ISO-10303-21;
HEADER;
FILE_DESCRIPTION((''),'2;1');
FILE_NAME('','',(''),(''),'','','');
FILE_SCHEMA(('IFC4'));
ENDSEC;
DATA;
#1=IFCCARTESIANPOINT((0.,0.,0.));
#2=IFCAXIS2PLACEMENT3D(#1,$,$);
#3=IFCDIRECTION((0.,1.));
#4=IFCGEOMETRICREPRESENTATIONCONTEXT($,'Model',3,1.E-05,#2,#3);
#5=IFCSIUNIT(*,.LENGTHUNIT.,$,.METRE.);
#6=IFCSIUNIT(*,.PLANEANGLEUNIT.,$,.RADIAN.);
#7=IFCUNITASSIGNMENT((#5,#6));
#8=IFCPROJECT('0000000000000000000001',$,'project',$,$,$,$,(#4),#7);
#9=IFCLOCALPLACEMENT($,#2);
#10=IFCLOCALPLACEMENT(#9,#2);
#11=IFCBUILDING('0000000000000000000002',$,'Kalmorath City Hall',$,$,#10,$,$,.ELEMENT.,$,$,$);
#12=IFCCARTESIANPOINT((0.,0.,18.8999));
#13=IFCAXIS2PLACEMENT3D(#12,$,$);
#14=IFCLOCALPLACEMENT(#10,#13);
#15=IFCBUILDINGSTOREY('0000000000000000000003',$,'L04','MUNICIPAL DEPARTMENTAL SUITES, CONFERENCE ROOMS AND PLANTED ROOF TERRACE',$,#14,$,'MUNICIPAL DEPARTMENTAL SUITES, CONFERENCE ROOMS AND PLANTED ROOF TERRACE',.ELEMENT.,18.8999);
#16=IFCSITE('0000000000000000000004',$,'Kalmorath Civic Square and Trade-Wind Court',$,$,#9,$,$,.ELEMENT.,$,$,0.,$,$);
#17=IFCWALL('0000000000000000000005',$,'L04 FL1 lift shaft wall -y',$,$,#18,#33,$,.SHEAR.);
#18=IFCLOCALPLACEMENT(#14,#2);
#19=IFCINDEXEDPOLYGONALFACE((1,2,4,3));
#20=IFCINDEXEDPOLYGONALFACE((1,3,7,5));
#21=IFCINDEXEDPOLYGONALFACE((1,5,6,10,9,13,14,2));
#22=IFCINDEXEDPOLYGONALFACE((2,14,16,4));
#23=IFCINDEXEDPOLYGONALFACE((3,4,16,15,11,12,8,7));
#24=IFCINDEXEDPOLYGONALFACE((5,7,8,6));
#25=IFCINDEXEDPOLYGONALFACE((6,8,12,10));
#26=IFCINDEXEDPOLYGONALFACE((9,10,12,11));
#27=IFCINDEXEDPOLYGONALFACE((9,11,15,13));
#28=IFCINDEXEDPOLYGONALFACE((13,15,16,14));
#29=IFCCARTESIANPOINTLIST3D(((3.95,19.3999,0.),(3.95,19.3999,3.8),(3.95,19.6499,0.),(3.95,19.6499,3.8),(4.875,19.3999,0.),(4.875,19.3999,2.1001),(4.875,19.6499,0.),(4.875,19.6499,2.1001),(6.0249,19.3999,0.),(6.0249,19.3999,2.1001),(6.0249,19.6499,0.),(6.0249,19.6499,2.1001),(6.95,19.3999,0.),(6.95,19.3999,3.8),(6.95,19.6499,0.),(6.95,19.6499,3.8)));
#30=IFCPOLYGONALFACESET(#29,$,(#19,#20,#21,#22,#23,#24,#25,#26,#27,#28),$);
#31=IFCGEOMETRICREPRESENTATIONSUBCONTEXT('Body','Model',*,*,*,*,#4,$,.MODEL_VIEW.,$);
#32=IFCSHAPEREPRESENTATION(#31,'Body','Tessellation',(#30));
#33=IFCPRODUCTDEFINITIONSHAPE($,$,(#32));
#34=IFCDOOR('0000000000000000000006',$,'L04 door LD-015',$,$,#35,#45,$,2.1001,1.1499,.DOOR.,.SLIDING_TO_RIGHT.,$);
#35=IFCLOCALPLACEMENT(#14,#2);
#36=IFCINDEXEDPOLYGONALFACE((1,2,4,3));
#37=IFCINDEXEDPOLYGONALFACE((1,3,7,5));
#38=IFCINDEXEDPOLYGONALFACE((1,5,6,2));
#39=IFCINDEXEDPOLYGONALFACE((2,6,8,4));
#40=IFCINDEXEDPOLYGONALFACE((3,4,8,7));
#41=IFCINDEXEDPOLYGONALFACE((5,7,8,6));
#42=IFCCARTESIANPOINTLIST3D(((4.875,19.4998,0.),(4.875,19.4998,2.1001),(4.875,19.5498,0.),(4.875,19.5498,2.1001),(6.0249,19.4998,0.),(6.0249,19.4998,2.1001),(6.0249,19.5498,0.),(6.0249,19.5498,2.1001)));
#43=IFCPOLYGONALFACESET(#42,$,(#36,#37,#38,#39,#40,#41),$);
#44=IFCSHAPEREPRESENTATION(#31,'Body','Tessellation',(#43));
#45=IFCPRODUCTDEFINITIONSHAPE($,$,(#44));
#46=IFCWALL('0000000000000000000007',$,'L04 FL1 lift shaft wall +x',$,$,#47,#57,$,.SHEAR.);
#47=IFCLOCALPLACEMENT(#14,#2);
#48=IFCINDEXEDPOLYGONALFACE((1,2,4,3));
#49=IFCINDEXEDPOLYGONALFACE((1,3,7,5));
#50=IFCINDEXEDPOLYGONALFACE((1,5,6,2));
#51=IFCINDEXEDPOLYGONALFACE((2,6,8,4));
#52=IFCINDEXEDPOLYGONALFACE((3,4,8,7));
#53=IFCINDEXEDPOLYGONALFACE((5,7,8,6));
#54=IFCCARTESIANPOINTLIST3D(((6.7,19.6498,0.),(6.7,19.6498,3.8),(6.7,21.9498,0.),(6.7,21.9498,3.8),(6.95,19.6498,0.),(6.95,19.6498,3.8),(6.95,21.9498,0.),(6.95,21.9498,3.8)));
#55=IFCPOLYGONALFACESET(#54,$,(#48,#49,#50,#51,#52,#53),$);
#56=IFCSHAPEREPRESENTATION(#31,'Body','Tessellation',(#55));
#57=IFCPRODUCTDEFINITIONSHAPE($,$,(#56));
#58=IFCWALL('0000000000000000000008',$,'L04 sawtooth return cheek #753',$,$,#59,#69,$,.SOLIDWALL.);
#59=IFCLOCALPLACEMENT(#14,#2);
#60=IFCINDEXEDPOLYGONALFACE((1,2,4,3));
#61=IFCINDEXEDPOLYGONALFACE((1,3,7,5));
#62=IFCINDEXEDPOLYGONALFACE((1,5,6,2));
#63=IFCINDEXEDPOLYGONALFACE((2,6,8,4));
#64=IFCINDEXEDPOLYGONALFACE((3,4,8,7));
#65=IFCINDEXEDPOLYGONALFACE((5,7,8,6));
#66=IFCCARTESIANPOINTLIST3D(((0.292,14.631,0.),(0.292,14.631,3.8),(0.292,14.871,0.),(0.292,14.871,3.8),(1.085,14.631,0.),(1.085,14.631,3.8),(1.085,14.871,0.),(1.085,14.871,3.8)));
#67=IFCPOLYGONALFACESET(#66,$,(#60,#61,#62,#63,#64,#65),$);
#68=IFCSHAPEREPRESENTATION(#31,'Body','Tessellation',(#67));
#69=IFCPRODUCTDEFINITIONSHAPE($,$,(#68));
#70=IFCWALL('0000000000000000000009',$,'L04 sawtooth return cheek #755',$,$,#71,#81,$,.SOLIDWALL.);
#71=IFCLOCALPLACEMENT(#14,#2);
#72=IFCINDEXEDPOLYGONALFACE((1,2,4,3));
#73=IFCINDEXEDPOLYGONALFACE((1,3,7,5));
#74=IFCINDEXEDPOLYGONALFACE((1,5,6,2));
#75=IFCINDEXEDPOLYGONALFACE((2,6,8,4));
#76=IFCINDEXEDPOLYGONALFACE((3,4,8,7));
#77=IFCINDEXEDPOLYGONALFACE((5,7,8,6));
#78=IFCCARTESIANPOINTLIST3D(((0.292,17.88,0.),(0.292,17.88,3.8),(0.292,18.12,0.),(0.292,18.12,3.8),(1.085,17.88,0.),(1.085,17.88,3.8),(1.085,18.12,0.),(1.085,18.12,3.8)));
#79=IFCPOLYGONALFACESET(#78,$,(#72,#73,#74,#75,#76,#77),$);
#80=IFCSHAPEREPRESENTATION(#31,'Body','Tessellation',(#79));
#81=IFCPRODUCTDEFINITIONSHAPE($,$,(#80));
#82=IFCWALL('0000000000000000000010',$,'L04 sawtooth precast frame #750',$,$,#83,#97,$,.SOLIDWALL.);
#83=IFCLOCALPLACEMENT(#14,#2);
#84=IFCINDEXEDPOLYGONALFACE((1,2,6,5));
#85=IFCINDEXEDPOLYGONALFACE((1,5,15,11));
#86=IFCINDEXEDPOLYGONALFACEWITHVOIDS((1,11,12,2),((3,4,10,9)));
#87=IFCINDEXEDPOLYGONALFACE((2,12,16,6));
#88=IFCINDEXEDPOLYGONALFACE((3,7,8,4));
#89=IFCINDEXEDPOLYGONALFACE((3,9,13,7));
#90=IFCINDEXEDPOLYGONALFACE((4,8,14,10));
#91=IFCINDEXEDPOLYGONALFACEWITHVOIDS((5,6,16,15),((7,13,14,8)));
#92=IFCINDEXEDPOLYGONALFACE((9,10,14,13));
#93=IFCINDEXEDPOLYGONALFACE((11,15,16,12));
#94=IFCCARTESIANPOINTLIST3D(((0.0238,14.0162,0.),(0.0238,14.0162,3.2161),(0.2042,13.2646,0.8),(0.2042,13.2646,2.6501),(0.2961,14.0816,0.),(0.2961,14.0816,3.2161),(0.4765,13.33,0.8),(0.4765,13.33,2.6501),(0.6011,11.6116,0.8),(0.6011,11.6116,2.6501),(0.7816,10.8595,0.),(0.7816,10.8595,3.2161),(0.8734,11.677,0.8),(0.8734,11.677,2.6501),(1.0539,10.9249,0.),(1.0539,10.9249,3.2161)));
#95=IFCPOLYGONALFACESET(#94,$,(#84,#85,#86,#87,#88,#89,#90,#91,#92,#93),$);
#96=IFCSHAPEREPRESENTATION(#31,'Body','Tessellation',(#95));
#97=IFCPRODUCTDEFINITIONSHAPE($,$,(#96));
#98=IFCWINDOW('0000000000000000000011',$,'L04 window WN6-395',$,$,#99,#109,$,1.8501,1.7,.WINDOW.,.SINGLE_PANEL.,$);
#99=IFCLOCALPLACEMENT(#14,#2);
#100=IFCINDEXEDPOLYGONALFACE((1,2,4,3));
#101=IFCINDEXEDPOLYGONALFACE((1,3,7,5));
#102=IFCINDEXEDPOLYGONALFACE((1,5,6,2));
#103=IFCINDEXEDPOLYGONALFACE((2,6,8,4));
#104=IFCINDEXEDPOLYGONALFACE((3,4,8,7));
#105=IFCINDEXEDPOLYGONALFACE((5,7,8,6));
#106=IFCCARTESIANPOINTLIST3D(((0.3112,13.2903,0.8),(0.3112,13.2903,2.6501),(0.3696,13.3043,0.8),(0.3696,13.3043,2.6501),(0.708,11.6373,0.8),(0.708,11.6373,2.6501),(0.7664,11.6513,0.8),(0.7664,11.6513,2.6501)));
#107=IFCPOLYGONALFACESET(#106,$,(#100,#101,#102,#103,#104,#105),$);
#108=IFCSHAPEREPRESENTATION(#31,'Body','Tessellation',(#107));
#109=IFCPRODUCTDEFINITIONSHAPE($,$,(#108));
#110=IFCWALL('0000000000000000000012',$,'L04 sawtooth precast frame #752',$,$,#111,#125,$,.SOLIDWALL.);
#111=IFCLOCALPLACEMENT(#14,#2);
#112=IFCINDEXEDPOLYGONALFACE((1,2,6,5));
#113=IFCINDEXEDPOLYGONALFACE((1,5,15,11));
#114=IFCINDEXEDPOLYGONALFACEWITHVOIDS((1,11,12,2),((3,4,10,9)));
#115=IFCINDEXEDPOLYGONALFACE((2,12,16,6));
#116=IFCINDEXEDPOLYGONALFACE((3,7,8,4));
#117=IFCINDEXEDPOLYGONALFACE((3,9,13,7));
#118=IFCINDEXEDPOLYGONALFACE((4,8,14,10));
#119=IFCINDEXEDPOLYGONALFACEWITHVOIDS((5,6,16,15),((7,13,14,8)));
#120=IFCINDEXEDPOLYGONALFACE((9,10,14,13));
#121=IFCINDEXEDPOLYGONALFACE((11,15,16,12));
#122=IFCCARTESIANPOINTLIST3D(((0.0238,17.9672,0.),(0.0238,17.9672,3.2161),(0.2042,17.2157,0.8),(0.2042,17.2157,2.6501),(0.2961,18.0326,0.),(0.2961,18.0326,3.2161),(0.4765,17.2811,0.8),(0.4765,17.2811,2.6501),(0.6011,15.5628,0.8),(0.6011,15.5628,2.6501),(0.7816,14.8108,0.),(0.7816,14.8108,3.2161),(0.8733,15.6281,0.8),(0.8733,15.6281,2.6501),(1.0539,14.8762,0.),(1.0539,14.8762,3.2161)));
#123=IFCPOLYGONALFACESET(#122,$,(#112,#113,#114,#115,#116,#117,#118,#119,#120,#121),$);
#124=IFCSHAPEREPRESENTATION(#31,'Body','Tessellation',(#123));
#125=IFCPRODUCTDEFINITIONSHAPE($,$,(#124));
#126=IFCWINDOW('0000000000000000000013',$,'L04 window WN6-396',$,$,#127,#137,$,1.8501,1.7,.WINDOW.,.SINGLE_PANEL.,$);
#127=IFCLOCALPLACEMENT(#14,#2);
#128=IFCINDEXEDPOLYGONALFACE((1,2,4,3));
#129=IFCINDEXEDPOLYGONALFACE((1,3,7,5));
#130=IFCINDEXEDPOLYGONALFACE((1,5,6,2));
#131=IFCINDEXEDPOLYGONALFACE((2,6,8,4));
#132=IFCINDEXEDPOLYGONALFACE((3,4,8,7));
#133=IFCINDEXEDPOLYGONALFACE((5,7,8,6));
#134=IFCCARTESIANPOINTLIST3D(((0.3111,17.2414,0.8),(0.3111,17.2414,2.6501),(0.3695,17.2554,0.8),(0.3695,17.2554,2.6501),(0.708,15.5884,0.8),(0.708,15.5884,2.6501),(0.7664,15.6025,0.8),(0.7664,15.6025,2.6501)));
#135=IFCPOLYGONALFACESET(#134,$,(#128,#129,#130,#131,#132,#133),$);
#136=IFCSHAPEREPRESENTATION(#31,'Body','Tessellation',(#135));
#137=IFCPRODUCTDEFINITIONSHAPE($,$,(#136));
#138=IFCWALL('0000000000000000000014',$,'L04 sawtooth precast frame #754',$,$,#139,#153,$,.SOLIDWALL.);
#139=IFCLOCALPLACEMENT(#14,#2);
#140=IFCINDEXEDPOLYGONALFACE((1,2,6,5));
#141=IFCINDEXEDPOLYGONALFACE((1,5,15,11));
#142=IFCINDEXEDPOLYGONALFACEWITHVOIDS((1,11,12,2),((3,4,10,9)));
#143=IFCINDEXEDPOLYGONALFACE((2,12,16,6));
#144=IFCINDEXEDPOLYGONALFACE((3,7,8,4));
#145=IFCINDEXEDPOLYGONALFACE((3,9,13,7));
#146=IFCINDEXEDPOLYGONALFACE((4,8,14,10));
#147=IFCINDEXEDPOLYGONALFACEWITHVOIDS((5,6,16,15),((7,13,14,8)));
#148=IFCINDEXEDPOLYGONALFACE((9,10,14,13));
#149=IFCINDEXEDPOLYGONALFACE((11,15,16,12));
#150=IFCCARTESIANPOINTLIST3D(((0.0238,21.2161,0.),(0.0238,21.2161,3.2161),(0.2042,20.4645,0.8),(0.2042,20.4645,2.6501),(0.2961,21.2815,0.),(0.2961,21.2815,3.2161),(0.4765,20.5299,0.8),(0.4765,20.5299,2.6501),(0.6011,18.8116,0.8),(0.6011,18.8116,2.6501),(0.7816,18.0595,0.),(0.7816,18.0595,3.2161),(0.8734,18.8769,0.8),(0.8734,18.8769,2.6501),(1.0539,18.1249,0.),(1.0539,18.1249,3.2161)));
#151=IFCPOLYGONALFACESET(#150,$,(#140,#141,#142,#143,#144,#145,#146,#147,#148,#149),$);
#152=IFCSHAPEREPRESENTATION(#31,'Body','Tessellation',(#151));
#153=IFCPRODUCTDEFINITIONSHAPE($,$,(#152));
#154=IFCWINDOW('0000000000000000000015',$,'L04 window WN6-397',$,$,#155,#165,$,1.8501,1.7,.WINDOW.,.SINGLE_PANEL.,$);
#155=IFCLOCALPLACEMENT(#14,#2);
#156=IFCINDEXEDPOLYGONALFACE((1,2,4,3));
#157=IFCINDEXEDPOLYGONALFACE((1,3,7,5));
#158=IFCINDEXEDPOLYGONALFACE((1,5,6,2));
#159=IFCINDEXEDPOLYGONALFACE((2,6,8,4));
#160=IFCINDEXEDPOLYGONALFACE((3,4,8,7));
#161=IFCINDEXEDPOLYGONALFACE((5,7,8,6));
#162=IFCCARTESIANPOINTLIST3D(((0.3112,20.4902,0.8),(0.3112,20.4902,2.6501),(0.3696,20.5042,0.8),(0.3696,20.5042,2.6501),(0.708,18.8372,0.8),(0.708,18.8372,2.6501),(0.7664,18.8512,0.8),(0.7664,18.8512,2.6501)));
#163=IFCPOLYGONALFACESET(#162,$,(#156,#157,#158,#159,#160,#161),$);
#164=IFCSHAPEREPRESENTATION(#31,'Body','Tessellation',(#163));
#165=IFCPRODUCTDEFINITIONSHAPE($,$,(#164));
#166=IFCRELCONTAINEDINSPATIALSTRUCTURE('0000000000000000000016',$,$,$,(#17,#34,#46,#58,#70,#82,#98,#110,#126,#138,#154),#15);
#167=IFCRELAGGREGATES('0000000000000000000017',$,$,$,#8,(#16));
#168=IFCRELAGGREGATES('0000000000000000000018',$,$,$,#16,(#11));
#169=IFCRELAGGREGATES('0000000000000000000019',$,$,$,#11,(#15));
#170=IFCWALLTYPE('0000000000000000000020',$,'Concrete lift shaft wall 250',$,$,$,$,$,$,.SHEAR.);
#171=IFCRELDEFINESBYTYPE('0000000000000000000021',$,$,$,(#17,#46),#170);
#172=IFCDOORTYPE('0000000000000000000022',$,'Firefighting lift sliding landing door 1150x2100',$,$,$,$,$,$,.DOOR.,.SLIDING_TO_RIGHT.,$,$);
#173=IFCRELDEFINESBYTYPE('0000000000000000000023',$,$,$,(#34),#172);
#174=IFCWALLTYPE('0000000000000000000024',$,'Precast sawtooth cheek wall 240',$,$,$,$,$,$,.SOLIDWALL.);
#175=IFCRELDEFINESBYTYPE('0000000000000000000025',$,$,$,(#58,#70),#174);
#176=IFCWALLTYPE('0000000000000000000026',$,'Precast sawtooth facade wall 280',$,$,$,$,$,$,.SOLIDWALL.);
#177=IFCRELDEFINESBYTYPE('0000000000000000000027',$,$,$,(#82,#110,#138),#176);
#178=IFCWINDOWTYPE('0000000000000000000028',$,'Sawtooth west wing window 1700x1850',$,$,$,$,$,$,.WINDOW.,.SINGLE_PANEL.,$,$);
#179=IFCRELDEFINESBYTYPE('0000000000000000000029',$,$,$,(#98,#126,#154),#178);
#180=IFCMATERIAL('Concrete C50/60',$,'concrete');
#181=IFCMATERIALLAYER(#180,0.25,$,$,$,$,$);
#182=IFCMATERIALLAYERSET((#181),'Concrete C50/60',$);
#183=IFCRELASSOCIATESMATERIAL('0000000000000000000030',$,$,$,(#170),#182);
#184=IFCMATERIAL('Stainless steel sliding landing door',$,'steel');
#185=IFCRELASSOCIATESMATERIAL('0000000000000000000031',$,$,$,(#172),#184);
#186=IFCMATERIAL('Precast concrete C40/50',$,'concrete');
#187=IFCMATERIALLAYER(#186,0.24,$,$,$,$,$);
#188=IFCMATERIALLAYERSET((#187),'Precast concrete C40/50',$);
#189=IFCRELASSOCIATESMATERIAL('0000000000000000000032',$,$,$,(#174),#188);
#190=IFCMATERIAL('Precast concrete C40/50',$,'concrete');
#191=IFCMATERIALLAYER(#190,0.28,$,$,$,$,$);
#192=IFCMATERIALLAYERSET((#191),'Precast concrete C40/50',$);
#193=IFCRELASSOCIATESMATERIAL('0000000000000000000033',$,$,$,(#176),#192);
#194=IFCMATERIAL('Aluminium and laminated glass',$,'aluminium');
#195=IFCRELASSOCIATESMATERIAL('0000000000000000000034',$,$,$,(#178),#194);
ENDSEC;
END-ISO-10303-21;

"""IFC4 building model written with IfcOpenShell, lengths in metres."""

from ifc_helpers import new_model, si_unit, direction, frame, frame_2d, origin, place, context, subcontext, project, spatial, rectangle, extrude, material, layer, layer_set, type_object, element, fill, save


model = new_model("IFC4")

# Units and contexts
model_context = context("Model", 3, precision=1e-05, world=origin(), true_north=direction((0.0, 1.0)))
body_context = subcontext(model_context, "Body", "Model", "MODEL_VIEW")
ifc_project = project(units=[si_unit("LENGTHUNIT", "METRE"), si_unit("PLANEANGLEUNIT", "RADIAN")], contexts=[model_context])

# Site, building, storey
site_placement = place(None, origin())
site = spatial("IfcSite", under=ifc_project, at=site_placement, Name="Kalmorath Civic Square and Trade-Wind Court", CompositionType="ELEMENT", RefElevation=0.0)
building_placement = place(site_placement, origin())
building = spatial("IfcBuilding", under=site, at=building_placement, Name="Kalmorath City Hall", CompositionType="ELEMENT")
storey_placement = place(building_placement, frame((0.0, 0.0, 18.8999)))
storey = spatial("IfcBuildingStorey", under=building, at=storey_placement, Name="L04", Description="MUNICIPAL DEPARTMENTAL SUITES, CONFERENCE ROOMS AND PLANTED ROOF TERRACE", LongName="MUNICIPAL DEPARTMENTAL SUITES, CONFERENCE ROOMS AND PLANTED ROOF TERRACE", CompositionType="ELEMENT", Elevation=18.8999)

# Wall, opening, door
ifc_material_1 = material(Name="Concrete C50/60", Category="concrete")
ifc_layer_1 = layer(ifc_material_1, 0.25)
ifc_layer_set_1 = layer_set([ifc_layer_1], Name="Concrete C50/60")
wall_type_1 = type_object("IfcWallType", Name="Concrete lift shaft wall 250", PredefinedType="SHEAR", material=ifc_layer_set_1)
wall_1_placement = place(storey_placement, frame((3.95, 19.5249, 0.0), z_axis=(0.0, 0.0, 1.0), x_axis=(1.0, 0.0, 0.0)))
wall_1 = element("IfcWall", 1, at=wall_1_placement, inside=storey, type_object=wall_type_1, Name="L04 FL1 lift shaft wall -y", PredefinedType="SHEAR", context=body_context, shape_type="SweptSolid", body=[
    extrude(rectangle(XDim=3.0, YDim=0.25, at=frame_2d((1.5, 0.0))), origin(), (0.0, 0.0, 1.0), 3.8),
])
opening_1_placement = place(wall_1_placement, frame((0.925, 0.0, 0.0)))
opening_1 = element("IfcOpeningElement", 2, at=opening_1_placement, cuts=wall_1, PredefinedType="OPENING", context=body_context, shape_type="SweptSolid", body=[
    extrude(rectangle(XDim=1.1499, YDim=2.1001, at=frame_2d((0.575, 1.05))), frame((0.0, 0.135, 0.0), z_axis=(0.0, -1.0, 0.0), x_axis=(1.0, 0.0, 0.0)), (0.0, 0.0, 1.0), 0.27),
])
ifc_material_2 = material(Name="Stainless steel sliding landing door", Category="steel")
door_type = type_object("IfcDoorType", Name="Firefighting lift sliding landing door 1150x2100", OperationType="SLIDING_TO_RIGHT", PredefinedType="DOOR", material=ifc_material_2)
door_placement = place(opening_1_placement, origin())
door = element("IfcDoor", 3, at=door_placement, inside=storey, type_object=door_type, Name="L04 door LD-015", OperationType="SLIDING_TO_RIGHT", OverallHeight=2.1001, OverallWidth=1.1499, PredefinedType="DOOR", context=body_context, shape_type="SweptSolid", body=[
    extrude(rectangle(XDim=1.1499, YDim=2.1001, at=frame_2d((0.575, 1.05))), frame((0.0, 0.0249, 0.0), z_axis=(0.0, -1.0, 0.0), x_axis=(1.0, 0.0, 0.0)), (0.0, 0.0, 1.0), 0.05),
])
fill(opening_1, door)

# Walls
wall_2_placement = place(storey_placement, frame((6.825, 19.6499, 0.0), z_axis=(0.0, 0.0, 1.0), x_axis=(0.0, 1.0, 0.0)))
element("IfcWall", 4, at=wall_2_placement, inside=storey, type_object=wall_type_1, Name="L04 FL1 lift shaft wall +x", PredefinedType="SHEAR", context=body_context, shape_type="SweptSolid", body=[
    extrude(rectangle(XDim=2.3, YDim=0.25, at=frame_2d((1.1499, 0.0))), origin(), (0.0, 0.0, 1.0), 3.8),
])
ifc_material_3 = material(Name="Precast concrete C40/50", Category="concrete")
ifc_layer_2 = layer(ifc_material_3, 0.24)
ifc_layer_set_2 = layer_set([ifc_layer_2], Name="Precast concrete C40/50")
wall_type_2 = type_object("IfcWallType", Name="Precast sawtooth cheek wall 240", PredefinedType="SOLIDWALL", material=ifc_layer_set_2)
for number, where, z_axis, x_axis, name in (
    (5, (1.085, 14.751, 0.0), (0.0, 0.0, 1.0), (-1.0, 0.0, 0.0), "L04 sawtooth return cheek #753"),
    (6, (1.085, 18.0, 0.0), (0.0, 0.0, 1.0), (-1.0, 0.0, 0.0), "L04 sawtooth return cheek #755"),
):
    element("IfcWall", number, at=place(storey_placement, frame(where, z_axis=z_axis, x_axis=x_axis)), inside=storey, type_object=wall_type_2, Name=name, PredefinedType="SOLIDWALL", context=body_context, shape_type="SweptSolid", body=[
        extrude(rectangle(XDim=0.793, YDim=0.24, at=frame_2d((0.3965, 0.0))), origin(), (0.0, 0.0, 1.0), 3.8),
    ])

# Walls, openings, windows
ifc_material_4 = material(Name="Precast concrete C40/50", Category="concrete")
ifc_layer_3 = layer(ifc_material_4, 0.28)
ifc_layer_set_3 = layer_set([ifc_layer_3], Name="Precast concrete C40/50")
wall_type_3 = type_object("IfcWallType", Name="Precast sawtooth facade wall 280", PredefinedType="SOLIDWALL", material=ifc_layer_set_3)
wall_3_placement = place(storey_placement, frame((0.9177, 10.8923, 0.0), z_axis=(0.0, 0.0, 1.0), x_axis=(-0.23343, 0.972374, 0.0)))
wall_3 = element("IfcWall", 7, at=wall_3_placement, inside=storey, type_object=wall_type_3, Name="L04 sawtooth precast frame #750", PredefinedType="SOLIDWALL", context=body_context, shape_type="SweptSolid", body=[
    extrude(rectangle(XDim=3.2463, YDim=0.28, at=frame_2d((1.623, 0.0))), origin(), (0.0, 0.0, 1.0), 3.2161),
])
opening_2_placement = place(wall_3_placement, frame((0.7732, 0.0, 0.8)))
opening_2 = element("IfcOpeningElement", 8, at=opening_2_placement, cuts=wall_3, PredefinedType="OPENING", context=body_context, shape_type="SweptSolid", body=[
    extrude(rectangle(XDim=1.7, YDim=1.8501, at=frame_2d((0.8501, 0.925))), frame((0.0, 0.1499, 0.0), z_axis=(0.0, -1.0, 0.0), x_axis=(1.0, 0.0, 0.0)), (0.0, 0.0, 1.0), 0.3),
])
ifc_material_5 = material(Name="Aluminium and laminated glass", Category="aluminium")
window_type = type_object("IfcWindowType", Name="Sawtooth west wing window 1700x1850", PartitioningType="SINGLE_PANEL", PredefinedType="WINDOW", material=ifc_material_5)
window_1_placement = place(opening_2_placement, origin())
window_1 = element("IfcWindow", 9, at=window_1_placement, inside=storey, type_object=window_type, Name="L04 window WN6-395", OverallHeight=1.8501, OverallWidth=1.7, PartitioningType="SINGLE_PANEL", PredefinedType="WINDOW", context=body_context, shape_type="SweptSolid", body=[
    extrude(rectangle(XDim=1.7, YDim=1.8501, at=frame_2d((0.8501, 0.925))), frame((0.0, 0.03, 0.0), z_axis=(0.0, -1.0, 0.0), x_axis=(1.0, 0.0, 0.0)), (0.0, 0.0, 1.0), 0.0601),
])
fill(opening_2, window_1)
wall_4_placement = place(storey_placement, frame((0.9177, 14.8435, 0.0), z_axis=(0.0, 0.0, 1.0), x_axis=(-0.233447, 0.97237, 0.0)))
wall_4 = element("IfcWall", 10, at=wall_4_placement, inside=storey, type_object=wall_type_3, Name="L04 sawtooth precast frame #752", PredefinedType="SOLIDWALL", context=body_context, shape_type="SweptSolid", body=[
    extrude(rectangle(XDim=3.2461, YDim=0.28, at=frame_2d((1.623, 0.0))), origin(), (0.0, 0.0, 1.0), 3.2161),
])
opening_3_placement = place(wall_4_placement, frame((0.7732, 0.0, 0.8)))
opening_3 = element("IfcOpeningElement", 11, at=opening_3_placement, cuts=wall_4, PredefinedType="OPENING", context=body_context, shape_type="SweptSolid", body=[
    extrude(rectangle(XDim=1.7, YDim=1.8501, at=frame_2d((0.8501, 0.925))), frame((0.0, 0.1499, 0.0), z_axis=(0.0, -1.0, 0.0), x_axis=(1.0, 0.0, 0.0)), (0.0, 0.0, 1.0), 0.3),
])
window_2_placement = place(opening_3_placement, origin())
window_2 = element("IfcWindow", 12, at=window_2_placement, inside=storey, type_object=window_type, Name="L04 window WN6-396", OverallHeight=1.8501, OverallWidth=1.7, PartitioningType="SINGLE_PANEL", PredefinedType="WINDOW", context=body_context, shape_type="SweptSolid", body=[
    extrude(rectangle(XDim=1.7, YDim=1.8501, at=frame_2d((0.8501, 0.925))), frame((0.0, 0.03, 0.0), z_axis=(0.0, -1.0, 0.0), x_axis=(1.0, 0.0, 0.0)), (0.0, 0.0, 1.0), 0.0601),
])
fill(opening_3, window_2)
wall_5_placement = place(storey_placement, frame((0.9177, 18.0923, 0.0), z_axis=(0.0, 0.0, 1.0), x_axis=(-0.23343, 0.972374, 0.0)))
wall_5 = element("IfcWall", 13, at=wall_5_placement, inside=storey, type_object=wall_type_3, Name="L04 sawtooth precast frame #754", PredefinedType="SOLIDWALL", context=body_context, shape_type="SweptSolid", body=[
    extrude(rectangle(XDim=3.2463, YDim=0.28, at=frame_2d((1.623, 0.0))), origin(), (0.0, 0.0, 1.0), 3.2161),
])
opening_4_placement = place(wall_5_placement, frame((0.7732, 0.0, 0.8)))
opening_4 = element("IfcOpeningElement", 14, at=opening_4_placement, cuts=wall_5, PredefinedType="OPENING", context=body_context, shape_type="SweptSolid", body=[
    extrude(rectangle(XDim=1.7, YDim=1.8501, at=frame_2d((0.8501, 0.925))), frame((0.0, 0.1499, 0.0), z_axis=(0.0, -1.0, 0.0), x_axis=(1.0, 0.0, 0.0)), (0.0, 0.0, 1.0), 0.3),
])
window_3_placement = place(opening_4_placement, origin())
window_3 = element("IfcWindow", 15, at=window_3_placement, inside=storey, type_object=window_type, Name="L04 window WN6-397", OverallHeight=1.8501, OverallWidth=1.7, PartitioningType="SINGLE_PANEL", PredefinedType="WINDOW", context=body_context, shape_type="SweptSolid", body=[
    extrude(rectangle(XDim=1.7, YDim=1.8501, at=frame_2d((0.8501, 0.925))), frame((0.0, 0.03, 0.0), z_axis=(0.0, -1.0, 0.0), x_axis=(1.0, 0.0, 0.0)), (0.0, 0.0, 1.0), 0.0601),
])
fill(opening_4, window_3)

save(model, "model.ifc")
